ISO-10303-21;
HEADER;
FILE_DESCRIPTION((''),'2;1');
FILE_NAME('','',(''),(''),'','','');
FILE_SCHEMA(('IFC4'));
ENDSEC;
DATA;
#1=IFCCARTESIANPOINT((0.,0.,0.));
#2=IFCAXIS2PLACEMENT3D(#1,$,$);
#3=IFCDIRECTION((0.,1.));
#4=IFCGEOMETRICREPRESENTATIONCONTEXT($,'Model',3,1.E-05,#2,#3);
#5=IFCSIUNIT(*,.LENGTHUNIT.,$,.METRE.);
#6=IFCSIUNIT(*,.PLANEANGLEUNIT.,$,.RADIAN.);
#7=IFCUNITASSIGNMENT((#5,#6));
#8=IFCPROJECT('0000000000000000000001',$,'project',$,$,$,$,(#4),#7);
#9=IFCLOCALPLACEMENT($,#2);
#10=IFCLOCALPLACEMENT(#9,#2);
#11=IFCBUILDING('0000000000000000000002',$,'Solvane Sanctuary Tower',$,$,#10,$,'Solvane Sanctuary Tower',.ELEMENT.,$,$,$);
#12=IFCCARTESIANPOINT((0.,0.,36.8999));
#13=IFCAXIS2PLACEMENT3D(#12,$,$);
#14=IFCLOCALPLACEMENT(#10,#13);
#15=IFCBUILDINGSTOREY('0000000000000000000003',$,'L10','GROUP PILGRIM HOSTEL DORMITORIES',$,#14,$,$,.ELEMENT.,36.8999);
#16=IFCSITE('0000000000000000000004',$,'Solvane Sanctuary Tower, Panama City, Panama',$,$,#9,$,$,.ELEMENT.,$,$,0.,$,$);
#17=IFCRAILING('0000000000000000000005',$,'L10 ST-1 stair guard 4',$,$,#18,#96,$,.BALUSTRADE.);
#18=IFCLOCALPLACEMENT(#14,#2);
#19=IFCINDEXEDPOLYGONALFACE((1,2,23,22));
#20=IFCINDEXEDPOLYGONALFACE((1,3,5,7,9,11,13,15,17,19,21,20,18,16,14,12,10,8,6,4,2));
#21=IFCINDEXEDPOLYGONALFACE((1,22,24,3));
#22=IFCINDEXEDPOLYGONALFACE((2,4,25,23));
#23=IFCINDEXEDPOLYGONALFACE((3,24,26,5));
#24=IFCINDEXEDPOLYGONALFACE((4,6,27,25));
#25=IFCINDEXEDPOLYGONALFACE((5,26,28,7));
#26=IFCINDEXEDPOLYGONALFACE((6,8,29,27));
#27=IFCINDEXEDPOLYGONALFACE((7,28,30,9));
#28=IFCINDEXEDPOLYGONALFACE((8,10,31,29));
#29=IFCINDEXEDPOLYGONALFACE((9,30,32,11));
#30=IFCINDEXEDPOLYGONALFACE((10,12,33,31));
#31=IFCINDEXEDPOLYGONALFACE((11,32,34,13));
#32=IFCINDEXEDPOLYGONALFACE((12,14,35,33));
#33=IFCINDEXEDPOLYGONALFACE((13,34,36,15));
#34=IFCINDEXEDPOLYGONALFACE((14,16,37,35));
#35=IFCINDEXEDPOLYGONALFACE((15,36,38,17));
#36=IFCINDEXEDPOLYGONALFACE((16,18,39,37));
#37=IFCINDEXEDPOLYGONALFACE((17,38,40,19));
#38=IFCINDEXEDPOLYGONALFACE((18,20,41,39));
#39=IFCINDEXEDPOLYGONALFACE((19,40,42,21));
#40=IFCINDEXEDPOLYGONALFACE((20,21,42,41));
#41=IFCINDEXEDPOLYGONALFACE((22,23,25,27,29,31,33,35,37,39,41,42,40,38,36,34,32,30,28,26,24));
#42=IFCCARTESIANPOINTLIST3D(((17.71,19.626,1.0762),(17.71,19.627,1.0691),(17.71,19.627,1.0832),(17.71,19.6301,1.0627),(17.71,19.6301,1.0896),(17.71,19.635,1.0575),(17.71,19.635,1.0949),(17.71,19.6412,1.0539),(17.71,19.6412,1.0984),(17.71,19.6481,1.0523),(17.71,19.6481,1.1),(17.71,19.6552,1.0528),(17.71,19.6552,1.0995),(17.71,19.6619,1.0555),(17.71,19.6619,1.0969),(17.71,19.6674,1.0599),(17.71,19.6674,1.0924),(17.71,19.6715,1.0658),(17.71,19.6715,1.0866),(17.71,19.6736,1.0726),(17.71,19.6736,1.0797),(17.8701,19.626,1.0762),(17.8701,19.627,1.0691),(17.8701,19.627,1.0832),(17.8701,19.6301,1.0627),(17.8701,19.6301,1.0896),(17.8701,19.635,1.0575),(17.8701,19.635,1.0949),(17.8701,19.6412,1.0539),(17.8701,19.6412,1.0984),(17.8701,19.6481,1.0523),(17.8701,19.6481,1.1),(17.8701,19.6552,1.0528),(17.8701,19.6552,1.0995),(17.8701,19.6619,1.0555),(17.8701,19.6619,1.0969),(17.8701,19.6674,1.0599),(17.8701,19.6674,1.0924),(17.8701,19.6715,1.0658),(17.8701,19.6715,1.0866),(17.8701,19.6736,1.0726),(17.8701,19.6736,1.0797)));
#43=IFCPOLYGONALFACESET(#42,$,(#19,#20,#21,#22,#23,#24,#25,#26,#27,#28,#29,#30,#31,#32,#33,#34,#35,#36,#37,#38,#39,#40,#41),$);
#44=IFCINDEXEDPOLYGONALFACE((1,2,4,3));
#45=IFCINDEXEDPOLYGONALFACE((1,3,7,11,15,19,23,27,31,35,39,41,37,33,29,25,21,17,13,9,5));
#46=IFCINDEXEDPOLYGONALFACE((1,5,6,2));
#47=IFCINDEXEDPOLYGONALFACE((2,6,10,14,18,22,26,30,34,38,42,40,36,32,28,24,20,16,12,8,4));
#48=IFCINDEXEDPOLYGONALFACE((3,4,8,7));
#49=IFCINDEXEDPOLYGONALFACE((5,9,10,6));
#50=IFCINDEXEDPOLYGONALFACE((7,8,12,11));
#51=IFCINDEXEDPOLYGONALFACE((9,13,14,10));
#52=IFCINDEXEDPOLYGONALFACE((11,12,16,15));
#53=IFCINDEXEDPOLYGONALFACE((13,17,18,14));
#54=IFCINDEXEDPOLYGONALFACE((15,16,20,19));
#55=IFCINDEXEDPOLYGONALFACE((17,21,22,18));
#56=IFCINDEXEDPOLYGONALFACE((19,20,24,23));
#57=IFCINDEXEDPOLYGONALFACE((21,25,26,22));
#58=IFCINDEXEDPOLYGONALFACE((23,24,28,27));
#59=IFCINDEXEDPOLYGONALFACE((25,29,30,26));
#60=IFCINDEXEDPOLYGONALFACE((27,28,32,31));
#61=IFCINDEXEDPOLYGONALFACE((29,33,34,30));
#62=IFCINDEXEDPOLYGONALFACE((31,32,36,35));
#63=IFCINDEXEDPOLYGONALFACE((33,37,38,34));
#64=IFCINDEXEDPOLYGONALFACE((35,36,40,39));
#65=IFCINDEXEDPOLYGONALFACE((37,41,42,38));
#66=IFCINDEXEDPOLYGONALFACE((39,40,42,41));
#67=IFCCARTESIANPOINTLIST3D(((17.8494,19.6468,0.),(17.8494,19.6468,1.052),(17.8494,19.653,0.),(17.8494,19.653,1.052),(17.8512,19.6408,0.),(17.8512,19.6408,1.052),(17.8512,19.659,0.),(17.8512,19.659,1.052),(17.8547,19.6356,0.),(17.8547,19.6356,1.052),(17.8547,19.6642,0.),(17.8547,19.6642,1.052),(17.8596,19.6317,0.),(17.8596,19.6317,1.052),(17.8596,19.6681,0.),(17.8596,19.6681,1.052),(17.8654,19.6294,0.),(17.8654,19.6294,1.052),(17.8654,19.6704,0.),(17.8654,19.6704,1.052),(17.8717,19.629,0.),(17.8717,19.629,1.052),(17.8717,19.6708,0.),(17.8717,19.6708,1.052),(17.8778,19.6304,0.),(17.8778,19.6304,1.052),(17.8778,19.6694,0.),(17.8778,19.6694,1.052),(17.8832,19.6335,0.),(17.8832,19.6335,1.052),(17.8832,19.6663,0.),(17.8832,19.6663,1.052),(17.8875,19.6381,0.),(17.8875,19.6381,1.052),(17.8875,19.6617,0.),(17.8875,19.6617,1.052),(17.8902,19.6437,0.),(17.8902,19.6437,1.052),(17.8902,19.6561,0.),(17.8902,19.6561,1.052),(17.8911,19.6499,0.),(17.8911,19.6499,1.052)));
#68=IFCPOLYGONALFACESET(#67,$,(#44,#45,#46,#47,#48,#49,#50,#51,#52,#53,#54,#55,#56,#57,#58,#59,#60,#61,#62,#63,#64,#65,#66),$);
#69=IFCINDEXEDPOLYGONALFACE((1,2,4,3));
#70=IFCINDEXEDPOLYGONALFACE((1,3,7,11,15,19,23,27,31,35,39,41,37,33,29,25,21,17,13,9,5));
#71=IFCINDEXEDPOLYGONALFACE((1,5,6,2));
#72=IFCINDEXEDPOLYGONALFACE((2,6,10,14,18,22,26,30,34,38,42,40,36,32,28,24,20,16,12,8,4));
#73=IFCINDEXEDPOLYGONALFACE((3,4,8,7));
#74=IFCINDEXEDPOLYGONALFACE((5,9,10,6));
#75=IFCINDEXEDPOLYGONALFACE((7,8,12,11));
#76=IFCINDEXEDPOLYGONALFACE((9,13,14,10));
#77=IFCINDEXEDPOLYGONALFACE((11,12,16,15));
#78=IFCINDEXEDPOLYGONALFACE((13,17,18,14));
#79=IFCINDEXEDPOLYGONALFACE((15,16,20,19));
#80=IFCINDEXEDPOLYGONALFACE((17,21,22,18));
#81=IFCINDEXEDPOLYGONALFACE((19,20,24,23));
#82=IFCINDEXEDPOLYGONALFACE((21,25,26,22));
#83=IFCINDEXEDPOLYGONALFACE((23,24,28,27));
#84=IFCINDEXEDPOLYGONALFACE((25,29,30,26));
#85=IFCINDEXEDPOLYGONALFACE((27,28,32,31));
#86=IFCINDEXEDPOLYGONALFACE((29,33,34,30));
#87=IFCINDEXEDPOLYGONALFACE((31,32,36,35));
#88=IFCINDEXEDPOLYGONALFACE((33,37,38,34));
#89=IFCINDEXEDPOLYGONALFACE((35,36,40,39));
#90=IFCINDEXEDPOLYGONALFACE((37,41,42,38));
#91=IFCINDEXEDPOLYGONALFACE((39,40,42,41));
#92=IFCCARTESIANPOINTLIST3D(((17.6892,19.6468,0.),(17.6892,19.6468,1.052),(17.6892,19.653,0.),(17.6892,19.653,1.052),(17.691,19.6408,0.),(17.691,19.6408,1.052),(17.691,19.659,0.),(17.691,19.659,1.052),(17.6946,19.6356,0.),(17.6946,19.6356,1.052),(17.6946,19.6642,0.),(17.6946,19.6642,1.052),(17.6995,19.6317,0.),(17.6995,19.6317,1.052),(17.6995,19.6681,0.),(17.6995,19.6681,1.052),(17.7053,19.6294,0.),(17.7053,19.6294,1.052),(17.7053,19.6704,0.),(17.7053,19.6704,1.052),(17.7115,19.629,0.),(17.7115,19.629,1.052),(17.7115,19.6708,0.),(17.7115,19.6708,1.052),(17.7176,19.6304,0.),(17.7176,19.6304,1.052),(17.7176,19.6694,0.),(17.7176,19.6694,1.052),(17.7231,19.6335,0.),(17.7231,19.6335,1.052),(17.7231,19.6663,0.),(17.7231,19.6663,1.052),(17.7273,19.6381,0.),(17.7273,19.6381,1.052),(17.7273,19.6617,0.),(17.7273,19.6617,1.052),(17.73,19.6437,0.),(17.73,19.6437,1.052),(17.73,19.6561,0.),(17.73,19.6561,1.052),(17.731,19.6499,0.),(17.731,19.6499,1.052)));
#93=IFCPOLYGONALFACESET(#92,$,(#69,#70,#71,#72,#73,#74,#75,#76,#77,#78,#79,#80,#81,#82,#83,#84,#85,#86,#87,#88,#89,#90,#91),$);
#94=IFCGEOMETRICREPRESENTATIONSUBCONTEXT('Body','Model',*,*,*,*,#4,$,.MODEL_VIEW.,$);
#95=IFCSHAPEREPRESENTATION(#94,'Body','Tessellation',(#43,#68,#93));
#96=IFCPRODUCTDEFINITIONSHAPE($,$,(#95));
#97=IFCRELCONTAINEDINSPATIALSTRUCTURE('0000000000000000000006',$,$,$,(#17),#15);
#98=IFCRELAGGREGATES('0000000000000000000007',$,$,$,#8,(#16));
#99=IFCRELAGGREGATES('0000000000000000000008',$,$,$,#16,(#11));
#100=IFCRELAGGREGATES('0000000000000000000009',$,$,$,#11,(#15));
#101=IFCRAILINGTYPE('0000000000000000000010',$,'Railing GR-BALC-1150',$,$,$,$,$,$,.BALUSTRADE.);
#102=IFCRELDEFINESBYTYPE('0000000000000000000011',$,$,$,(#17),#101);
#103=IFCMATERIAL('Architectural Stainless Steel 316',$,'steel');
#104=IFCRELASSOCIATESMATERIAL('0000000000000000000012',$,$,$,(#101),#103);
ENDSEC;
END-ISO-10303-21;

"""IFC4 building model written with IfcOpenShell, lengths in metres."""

from ifc_helpers import new_model, si_unit, direction, frame, origin, origin_2d, place, context, subcontext, project, spatial, circle, extrude, material, type_object, element, save


model = new_model("IFC4")

# Units and contexts
model_context = context("Model", 3, precision=1e-05, world=origin(), true_north=direction((0.0, 1.0)))
body_context = subcontext(model_context, "Body", "Model", "MODEL_VIEW")
ifc_project = project(units=[si_unit("LENGTHUNIT", "METRE"), si_unit("PLANEANGLEUNIT", "RADIAN")], contexts=[model_context])

# Site, building, storey
site_placement = place(None, origin())
site = spatial("IfcSite", under=ifc_project, at=site_placement, Name="Solvane Sanctuary Tower, Panama City, Panama", CompositionType="ELEMENT", RefElevation=0.0)
building_placement = place(site_placement, origin())
building = spatial("IfcBuilding", under=site, at=building_placement, Name="Solvane Sanctuary Tower", LongName="Solvane Sanctuary Tower", CompositionType="ELEMENT")
storey_placement = place(building_placement, frame((0.0, 0.0, 36.8999)))
storey = spatial("IfcBuildingStorey", under=building, at=storey_placement, Name="L10", Description="GROUP PILGRIM HOSTEL DORMITORIES", CompositionType="ELEMENT", Elevation=36.8999)

# Shared definitions
ifc_material_1 = material(Name="Architectural Stainless Steel 316", Category="steel")

# Railing
railing_type_1 = type_object("IfcRailingType", Name="Railing GR-BALC-1150", PredefinedType="BALUSTRADE", material=ifc_material_1)
railing_1_placement = place(storey_placement, frame((17.8701, 19.6499, 0.0)))
element("IfcRailing", 1, at=railing_1_placement, inside=storey, type_object=railing_type_1, Name="L10 ST-1 stair guard 4", PredefinedType="BALUSTRADE", context=body_context, shape_type="SweptSolid", body=[
    extrude(circle(Radius=0.0239, at=origin_2d()), frame((0.0, 0.0, 1.0762), z_axis=(-1.0, 0.0, 0.0), x_axis=(0.0, -1.0, 0.0)), (0.0, 0.0, 1.0), 0.1602),
    extrude(circle(Radius=0.021, at=origin_2d()), origin(), (0.0, 0.0, 1.0), 1.052),
    extrude(circle(Radius=0.021, at=origin_2d()), frame((-0.1602, 0.0, 0.0)), (0.0, 0.0, 1.0), 1.052),
])

save(model, "model.ifc")
